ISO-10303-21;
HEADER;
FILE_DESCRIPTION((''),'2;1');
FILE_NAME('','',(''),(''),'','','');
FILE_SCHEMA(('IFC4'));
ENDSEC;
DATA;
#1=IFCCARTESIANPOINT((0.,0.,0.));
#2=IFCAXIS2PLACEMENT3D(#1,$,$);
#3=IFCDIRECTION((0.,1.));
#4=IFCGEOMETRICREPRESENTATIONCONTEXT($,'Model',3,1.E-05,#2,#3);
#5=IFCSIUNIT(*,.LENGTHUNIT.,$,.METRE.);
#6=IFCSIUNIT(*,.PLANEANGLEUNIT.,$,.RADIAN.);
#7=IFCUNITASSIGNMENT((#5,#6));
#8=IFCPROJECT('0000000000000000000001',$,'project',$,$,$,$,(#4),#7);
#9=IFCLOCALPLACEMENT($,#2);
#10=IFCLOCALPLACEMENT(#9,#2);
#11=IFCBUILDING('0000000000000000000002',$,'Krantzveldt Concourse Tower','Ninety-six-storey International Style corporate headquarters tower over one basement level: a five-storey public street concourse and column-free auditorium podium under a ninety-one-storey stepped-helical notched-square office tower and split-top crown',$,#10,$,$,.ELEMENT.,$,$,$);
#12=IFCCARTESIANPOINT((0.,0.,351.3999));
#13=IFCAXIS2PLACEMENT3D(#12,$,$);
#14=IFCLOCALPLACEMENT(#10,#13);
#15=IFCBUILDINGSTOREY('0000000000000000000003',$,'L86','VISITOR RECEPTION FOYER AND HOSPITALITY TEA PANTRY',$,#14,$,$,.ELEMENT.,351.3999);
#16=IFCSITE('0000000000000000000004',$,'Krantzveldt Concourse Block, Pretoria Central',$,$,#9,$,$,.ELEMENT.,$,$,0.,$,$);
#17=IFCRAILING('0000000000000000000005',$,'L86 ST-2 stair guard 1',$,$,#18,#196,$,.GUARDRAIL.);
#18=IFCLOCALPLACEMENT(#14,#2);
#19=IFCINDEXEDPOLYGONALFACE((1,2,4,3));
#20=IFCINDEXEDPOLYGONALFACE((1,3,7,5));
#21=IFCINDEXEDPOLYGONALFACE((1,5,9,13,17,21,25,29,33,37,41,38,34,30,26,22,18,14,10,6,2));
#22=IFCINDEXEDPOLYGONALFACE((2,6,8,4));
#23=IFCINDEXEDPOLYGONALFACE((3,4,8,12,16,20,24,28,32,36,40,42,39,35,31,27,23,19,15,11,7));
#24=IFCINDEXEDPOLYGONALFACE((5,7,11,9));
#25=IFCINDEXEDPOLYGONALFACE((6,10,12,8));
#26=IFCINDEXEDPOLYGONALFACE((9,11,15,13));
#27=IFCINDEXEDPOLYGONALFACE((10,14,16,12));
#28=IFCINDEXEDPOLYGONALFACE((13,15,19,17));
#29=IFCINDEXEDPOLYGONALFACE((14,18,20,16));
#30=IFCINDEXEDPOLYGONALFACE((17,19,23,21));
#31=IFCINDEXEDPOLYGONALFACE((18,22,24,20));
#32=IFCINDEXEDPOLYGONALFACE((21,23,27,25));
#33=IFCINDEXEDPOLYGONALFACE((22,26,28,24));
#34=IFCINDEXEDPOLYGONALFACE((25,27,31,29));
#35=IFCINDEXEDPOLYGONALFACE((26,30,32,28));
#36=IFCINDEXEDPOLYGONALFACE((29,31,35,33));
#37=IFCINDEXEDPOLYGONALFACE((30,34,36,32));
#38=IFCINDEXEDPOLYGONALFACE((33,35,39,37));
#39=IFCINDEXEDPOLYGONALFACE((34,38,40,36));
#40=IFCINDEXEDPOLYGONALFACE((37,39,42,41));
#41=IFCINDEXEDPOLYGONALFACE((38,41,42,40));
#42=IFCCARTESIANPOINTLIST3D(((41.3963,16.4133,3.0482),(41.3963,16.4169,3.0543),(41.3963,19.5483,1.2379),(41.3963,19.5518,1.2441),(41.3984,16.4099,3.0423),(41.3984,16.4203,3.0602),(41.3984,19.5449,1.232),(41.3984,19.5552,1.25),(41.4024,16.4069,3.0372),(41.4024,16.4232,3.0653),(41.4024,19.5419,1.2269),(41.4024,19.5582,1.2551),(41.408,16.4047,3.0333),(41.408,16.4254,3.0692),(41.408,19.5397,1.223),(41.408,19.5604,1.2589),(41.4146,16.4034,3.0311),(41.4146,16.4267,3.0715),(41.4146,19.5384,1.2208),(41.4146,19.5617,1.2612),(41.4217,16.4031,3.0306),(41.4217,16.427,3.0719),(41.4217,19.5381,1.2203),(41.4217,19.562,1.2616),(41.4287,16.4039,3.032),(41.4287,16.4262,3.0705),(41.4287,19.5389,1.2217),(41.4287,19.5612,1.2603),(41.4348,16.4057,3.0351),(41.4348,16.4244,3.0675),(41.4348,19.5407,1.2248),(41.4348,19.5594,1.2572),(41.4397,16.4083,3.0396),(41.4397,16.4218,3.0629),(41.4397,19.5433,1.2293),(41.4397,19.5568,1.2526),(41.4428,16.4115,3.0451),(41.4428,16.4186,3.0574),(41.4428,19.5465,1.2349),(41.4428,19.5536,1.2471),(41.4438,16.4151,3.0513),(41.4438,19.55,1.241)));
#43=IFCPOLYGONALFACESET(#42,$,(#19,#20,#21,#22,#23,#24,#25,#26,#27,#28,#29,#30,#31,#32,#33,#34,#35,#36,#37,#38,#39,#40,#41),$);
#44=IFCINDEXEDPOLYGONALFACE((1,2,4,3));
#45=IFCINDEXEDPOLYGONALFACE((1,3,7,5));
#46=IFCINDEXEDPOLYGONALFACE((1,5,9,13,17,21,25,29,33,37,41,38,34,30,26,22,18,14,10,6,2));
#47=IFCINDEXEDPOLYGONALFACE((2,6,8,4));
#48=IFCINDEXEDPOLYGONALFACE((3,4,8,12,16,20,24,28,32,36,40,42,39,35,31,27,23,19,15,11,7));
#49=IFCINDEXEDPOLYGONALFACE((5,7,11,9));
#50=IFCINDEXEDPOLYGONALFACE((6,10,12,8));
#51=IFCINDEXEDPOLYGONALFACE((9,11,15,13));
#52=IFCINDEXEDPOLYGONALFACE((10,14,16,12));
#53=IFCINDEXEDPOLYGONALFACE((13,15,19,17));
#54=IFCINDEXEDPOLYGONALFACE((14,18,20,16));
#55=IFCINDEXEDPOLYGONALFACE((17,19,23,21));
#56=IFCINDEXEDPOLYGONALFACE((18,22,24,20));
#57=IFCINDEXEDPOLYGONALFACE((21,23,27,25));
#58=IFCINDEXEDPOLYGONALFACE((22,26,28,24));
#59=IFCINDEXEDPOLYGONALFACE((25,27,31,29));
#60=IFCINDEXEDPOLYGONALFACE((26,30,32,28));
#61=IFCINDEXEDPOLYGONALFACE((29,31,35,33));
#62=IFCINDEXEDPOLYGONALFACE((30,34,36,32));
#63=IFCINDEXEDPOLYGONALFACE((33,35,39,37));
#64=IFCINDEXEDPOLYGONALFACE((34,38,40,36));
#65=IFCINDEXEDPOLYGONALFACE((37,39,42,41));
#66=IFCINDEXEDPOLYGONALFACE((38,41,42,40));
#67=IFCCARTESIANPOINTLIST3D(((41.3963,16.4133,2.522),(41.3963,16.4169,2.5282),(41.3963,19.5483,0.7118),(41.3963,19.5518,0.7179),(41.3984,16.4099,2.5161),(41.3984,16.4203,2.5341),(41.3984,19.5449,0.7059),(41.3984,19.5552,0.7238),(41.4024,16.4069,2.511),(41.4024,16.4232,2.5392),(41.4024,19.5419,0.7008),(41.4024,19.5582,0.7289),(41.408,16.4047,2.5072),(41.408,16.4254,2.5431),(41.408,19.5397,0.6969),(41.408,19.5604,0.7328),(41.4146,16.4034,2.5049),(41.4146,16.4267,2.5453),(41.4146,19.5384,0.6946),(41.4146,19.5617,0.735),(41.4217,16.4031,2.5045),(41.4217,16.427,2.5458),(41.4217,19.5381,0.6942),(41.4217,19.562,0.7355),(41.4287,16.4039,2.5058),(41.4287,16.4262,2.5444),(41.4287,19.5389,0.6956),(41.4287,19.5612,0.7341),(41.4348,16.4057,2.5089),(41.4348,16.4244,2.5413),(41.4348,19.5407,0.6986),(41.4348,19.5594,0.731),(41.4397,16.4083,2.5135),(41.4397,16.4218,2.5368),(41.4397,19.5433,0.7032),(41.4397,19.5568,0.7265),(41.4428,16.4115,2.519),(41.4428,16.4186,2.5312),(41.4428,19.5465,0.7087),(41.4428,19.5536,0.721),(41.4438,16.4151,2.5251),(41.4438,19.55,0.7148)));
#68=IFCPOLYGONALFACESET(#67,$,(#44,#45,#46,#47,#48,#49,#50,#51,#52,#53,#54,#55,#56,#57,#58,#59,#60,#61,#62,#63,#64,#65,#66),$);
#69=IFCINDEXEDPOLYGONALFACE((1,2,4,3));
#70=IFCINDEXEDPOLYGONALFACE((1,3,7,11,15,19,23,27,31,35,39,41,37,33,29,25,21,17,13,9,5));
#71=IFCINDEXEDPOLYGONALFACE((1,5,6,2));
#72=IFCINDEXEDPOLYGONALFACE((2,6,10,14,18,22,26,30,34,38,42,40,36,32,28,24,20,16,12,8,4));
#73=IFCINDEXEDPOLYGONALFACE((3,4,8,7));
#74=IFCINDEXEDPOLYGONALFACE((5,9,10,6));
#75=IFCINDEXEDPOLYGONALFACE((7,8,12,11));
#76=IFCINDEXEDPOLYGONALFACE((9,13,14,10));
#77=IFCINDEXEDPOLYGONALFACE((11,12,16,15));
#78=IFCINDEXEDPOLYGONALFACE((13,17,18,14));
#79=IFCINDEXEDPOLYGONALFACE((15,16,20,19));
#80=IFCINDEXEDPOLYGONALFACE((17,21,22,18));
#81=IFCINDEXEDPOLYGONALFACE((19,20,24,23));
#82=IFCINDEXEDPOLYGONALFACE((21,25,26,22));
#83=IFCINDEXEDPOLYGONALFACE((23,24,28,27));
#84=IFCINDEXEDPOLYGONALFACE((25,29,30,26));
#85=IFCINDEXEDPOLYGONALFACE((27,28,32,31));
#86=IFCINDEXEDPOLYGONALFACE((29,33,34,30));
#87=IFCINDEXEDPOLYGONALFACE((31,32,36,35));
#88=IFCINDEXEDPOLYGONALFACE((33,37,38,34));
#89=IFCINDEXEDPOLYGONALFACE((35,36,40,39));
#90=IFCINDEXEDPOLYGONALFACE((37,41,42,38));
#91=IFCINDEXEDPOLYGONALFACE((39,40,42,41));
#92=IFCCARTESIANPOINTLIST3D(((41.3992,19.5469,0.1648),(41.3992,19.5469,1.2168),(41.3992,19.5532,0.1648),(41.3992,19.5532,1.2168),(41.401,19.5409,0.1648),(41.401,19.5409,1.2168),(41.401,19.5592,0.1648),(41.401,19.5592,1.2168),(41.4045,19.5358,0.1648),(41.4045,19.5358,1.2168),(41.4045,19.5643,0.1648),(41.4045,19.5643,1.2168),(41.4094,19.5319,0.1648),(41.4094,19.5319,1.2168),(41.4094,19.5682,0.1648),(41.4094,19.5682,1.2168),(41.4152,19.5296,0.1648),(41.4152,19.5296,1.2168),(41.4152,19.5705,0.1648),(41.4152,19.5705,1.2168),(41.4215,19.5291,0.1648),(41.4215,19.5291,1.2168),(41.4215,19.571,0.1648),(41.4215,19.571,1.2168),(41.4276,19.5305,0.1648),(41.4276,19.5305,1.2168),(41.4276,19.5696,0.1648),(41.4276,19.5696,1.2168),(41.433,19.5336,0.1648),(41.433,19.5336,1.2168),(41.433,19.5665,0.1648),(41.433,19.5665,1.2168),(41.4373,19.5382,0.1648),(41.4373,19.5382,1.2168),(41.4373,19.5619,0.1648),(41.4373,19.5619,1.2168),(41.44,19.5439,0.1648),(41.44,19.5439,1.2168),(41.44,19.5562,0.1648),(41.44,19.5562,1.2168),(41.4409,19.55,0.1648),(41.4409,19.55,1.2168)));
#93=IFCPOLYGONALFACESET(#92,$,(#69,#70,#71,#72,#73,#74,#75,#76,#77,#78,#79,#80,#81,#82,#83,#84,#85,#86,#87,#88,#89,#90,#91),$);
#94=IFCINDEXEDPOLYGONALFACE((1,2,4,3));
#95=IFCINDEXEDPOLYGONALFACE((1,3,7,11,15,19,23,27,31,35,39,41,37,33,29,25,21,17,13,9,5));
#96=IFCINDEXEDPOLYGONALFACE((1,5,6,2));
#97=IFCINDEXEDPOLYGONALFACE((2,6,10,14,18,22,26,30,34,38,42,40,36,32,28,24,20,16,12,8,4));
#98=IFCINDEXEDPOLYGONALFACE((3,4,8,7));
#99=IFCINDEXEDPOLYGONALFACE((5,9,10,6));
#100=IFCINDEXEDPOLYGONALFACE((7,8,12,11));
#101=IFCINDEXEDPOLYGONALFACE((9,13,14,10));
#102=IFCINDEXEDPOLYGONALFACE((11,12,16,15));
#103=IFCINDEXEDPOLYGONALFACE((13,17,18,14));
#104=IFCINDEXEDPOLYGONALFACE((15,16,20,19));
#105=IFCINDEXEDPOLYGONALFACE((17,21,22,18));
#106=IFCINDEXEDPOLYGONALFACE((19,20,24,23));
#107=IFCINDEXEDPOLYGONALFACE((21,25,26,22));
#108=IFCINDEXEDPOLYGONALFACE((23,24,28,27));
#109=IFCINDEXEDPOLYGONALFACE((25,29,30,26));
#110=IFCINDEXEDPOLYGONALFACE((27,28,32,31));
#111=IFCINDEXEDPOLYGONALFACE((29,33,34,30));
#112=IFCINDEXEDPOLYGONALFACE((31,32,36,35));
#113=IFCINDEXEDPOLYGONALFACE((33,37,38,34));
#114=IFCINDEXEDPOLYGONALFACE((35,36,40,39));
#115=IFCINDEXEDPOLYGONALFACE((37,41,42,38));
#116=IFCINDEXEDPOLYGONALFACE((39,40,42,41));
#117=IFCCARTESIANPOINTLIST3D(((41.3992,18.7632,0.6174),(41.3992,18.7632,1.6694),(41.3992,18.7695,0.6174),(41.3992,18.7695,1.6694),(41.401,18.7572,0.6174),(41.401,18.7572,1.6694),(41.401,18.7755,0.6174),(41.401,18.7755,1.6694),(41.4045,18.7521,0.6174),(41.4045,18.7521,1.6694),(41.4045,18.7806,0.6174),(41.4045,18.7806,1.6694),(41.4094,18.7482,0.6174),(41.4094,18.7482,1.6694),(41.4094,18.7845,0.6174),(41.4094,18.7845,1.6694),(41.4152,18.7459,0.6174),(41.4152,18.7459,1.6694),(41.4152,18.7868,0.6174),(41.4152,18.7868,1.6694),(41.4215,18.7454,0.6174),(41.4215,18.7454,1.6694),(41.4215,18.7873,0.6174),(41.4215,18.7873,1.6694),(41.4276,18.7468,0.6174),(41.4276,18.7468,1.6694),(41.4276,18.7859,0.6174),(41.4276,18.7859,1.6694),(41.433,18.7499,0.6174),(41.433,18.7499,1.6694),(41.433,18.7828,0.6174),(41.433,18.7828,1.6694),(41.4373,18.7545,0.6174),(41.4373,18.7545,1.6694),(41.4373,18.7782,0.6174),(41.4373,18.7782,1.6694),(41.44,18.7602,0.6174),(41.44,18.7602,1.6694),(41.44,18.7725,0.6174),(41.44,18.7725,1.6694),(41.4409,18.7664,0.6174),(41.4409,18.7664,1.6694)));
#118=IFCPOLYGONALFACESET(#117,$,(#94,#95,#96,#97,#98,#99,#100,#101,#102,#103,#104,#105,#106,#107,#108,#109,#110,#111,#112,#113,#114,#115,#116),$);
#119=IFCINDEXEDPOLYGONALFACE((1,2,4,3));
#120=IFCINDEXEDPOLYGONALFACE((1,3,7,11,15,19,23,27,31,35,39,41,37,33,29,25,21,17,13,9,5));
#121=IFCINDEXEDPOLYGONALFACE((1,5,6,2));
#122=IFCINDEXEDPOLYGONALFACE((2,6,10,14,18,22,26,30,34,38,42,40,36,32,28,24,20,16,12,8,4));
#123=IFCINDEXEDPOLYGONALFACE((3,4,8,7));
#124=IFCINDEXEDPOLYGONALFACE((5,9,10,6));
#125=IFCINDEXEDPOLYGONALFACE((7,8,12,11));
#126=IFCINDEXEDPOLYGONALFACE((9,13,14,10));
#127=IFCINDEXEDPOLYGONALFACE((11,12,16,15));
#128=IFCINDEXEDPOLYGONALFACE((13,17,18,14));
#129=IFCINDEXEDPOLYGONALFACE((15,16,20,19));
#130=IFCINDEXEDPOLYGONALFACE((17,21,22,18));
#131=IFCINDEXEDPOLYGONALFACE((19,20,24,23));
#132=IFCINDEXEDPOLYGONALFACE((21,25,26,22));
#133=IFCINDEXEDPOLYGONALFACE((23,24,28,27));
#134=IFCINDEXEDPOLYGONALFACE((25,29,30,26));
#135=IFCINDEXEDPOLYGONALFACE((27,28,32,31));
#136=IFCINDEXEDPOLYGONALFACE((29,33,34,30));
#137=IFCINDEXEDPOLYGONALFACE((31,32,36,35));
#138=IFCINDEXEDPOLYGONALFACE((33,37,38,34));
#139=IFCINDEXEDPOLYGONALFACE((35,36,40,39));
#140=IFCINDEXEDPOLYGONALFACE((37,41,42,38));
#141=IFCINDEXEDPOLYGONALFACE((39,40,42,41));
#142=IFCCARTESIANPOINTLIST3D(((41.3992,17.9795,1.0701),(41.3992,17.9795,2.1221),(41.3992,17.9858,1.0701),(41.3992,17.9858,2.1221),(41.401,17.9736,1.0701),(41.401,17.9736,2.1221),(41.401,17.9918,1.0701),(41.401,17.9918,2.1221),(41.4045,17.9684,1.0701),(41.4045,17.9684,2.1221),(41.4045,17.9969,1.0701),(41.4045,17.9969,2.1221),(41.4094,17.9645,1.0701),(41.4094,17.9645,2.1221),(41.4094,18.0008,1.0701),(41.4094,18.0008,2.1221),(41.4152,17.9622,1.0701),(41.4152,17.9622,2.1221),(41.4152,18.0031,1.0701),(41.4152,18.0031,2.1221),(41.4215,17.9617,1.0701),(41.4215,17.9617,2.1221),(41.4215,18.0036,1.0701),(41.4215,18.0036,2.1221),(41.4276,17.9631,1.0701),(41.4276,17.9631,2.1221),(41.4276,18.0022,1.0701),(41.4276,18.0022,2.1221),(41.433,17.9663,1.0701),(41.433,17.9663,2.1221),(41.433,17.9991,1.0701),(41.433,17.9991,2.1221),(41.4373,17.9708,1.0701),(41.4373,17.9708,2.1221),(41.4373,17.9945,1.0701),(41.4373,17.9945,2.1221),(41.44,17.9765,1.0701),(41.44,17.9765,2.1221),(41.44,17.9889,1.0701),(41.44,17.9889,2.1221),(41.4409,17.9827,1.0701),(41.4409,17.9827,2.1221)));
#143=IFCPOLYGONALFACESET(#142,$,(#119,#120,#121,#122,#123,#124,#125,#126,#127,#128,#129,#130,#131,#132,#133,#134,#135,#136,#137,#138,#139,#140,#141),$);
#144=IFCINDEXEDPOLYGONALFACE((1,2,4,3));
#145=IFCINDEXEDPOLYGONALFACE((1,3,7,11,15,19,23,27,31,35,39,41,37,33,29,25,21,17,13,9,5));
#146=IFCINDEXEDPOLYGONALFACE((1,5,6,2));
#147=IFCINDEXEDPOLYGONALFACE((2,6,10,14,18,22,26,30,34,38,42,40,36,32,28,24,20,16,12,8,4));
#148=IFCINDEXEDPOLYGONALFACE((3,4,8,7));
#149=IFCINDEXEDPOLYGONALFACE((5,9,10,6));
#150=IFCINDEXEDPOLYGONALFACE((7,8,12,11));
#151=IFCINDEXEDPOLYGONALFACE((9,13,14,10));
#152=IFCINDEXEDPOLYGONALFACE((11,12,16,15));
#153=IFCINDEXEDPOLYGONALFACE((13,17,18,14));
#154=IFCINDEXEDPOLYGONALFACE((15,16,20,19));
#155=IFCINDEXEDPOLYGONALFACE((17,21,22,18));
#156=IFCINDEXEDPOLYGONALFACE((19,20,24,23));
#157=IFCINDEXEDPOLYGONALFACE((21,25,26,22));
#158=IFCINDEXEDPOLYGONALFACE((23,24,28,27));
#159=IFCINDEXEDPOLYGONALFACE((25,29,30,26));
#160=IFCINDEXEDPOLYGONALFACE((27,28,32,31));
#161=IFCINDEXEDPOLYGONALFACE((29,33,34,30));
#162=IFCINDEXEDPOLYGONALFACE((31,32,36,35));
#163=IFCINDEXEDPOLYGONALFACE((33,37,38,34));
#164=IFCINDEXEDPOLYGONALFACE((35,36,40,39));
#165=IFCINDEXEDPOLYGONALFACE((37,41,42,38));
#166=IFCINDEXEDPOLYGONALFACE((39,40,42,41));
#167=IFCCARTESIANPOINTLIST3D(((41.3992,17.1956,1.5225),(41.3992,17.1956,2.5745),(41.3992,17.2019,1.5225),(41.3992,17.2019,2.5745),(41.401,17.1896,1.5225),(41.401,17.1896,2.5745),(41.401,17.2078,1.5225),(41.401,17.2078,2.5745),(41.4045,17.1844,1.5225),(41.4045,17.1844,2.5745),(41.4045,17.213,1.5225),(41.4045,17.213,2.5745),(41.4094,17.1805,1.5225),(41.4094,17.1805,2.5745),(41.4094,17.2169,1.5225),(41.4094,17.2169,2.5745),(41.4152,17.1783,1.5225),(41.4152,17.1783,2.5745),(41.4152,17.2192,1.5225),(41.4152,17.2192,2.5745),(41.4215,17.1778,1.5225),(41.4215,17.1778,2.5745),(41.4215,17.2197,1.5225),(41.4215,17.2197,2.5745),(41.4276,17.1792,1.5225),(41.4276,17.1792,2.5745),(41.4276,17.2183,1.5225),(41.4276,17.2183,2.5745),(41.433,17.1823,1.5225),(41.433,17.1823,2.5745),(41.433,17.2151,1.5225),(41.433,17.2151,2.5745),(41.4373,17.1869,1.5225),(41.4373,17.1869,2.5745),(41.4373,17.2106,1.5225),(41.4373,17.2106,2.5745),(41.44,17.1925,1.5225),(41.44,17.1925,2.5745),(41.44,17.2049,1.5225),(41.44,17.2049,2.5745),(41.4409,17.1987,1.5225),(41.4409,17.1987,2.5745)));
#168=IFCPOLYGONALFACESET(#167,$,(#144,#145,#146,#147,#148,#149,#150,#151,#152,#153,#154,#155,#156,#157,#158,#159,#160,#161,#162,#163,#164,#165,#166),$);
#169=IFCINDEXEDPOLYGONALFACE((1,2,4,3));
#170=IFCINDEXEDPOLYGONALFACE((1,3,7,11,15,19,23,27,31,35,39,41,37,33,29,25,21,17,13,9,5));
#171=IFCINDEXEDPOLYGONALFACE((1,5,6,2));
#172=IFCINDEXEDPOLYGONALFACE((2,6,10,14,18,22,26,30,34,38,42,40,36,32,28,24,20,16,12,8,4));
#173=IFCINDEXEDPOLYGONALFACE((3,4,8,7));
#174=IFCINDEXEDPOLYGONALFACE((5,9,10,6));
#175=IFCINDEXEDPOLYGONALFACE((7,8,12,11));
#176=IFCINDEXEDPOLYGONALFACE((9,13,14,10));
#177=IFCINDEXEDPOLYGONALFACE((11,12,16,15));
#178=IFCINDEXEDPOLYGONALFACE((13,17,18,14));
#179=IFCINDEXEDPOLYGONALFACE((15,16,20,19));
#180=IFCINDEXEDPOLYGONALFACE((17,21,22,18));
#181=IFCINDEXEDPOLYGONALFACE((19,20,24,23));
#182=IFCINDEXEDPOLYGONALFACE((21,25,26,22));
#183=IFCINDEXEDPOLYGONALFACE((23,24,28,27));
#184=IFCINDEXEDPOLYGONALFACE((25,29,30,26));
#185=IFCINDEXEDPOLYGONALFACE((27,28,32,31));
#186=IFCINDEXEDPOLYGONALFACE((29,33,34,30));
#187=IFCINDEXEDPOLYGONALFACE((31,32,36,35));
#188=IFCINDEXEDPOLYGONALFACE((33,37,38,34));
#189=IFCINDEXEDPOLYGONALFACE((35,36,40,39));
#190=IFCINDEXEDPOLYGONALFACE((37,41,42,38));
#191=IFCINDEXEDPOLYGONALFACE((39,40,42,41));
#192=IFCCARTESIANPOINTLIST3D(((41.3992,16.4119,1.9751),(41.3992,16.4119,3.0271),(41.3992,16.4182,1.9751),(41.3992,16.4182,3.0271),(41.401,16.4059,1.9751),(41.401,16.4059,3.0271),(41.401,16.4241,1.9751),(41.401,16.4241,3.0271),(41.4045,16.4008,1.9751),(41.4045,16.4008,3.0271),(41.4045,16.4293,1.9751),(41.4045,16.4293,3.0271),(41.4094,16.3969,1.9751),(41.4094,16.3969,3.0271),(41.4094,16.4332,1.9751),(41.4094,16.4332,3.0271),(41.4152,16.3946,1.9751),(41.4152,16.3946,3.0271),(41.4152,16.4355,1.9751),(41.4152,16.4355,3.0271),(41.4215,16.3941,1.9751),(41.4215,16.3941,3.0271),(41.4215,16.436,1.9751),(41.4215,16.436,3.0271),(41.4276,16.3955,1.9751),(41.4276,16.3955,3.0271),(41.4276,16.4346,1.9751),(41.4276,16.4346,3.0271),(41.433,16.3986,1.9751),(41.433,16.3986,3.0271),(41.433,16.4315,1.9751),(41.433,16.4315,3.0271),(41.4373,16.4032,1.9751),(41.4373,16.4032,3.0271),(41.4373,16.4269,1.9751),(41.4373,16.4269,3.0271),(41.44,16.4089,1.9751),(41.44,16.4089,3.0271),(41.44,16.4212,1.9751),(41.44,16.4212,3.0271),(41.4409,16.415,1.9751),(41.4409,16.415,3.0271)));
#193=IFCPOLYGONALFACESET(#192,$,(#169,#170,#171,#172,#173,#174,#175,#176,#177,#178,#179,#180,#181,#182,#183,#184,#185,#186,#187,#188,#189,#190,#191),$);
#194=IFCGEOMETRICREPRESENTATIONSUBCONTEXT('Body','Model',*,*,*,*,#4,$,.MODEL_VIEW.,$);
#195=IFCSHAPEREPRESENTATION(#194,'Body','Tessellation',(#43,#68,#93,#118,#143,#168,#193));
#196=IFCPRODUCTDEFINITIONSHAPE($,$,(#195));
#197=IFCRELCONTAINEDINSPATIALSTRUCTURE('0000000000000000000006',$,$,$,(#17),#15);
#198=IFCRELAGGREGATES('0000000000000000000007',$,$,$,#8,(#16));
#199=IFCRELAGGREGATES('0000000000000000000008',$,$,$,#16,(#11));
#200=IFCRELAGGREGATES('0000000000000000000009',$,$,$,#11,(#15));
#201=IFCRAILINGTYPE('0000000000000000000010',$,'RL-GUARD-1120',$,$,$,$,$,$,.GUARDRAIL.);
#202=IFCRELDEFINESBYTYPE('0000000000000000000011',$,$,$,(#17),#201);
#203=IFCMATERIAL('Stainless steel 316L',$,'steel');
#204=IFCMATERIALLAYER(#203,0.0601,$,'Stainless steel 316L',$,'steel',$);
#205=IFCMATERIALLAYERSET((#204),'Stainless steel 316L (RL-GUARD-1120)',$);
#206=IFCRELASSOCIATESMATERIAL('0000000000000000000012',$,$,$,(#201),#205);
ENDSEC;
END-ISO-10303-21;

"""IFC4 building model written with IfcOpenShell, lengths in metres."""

from ifc_helpers import new_model, si_unit, direction, frame, origin, origin_2d, place, context, subcontext, project, spatial, circle, extrude, material, layer, layer_set, type_object, element, save


model = new_model("IFC4")

# Units and contexts
model_context = context("Model", 3, precision=1e-05, world=origin(), true_north=direction((0.0, 1.0)))
body_context = subcontext(model_context, "Body", "Model", "MODEL_VIEW")
ifc_project = project(units=[si_unit("LENGTHUNIT", "METRE"), si_unit("PLANEANGLEUNIT", "RADIAN")], contexts=[model_context])

# Site, building, storey
site_placement = place(None, origin())
site = spatial("IfcSite", under=ifc_project, at=site_placement, Name="Krantzveldt Concourse Block, Pretoria Central", CompositionType="ELEMENT", RefElevation=0.0)
building_placement = place(site_placement, origin())
building = spatial("IfcBuilding", under=site, at=building_placement, Name="Krantzveldt Concourse Tower", Description="Ninety-six-storey International Style corporate headquarters tower over one basement level: a five-storey public street concourse and column-free auditorium podium under a ninety-one-storey stepped-helical notched-square office tower and split-top crown", CompositionType="ELEMENT")
storey_placement = place(building_placement, frame((0.0, 0.0, 351.3999)))
storey = spatial("IfcBuildingStorey", under=building, at=storey_placement, Name="L86", Description="VISITOR RECEPTION FOYER AND HOSPITALITY TEA PANTRY", CompositionType="ELEMENT", Elevation=351.3999)

# Shared definitions
ifc_material_1 = material(Name="Stainless steel 316L", Category="steel")

# Railing
ifc_layer_1 = layer(ifc_material_1, 0.0601, Name="Stainless steel 316L", Category="steel")
ifc_layer_set_1 = layer_set([ifc_layer_1], Name="Stainless steel 316L (RL-GUARD-1120)")
railing_type_1 = type_object("IfcRailingType", Name="RL-GUARD-1120", PredefinedType="GUARDRAIL", material=ifc_layer_set_1)
railing_1_placement = place(storey_placement, frame((41.4199, 19.55, 0.1648)))
element("IfcRailing", 1, at=railing_1_placement, inside=storey, type_object=railing_type_1, Name="L86 ST-2 stair guard 1", PredefinedType="GUARDRAIL", context=body_context, shape_type="SweptSolid", body=[
    extrude(circle(Radius=0.0239, at=origin_2d()), frame((0.0, 0.0, 1.0762), z_axis=(0.0, -0.865989, 0.500063), x_axis=(1.0, 0.0, 0.0)), (0.0, 0.0, 1.0), 3.6201),
    extrude(circle(Radius=0.0239, at=origin_2d()), frame((0.0, 0.0, 0.55), z_axis=(0.0, -0.865989, 0.500063), x_axis=(1.0, 0.0, 0.0)), (0.0, 0.0, 1.0), 3.6201),
    extrude(circle(Radius=0.021, at=origin_2d()), origin(), (0.0, 0.0, 1.0), 1.052),
    extrude(circle(Radius=0.021, at=origin_2d()), frame((0.0, -0.7837, 0.4526)), (0.0, 0.0, 1.0), 1.052),
    extrude(circle(Radius=0.021, at=origin_2d()), frame((0.0, -1.5674, 0.9053)), (0.0, 0.0, 1.0), 1.052),
    extrude(circle(Radius=0.021, at=origin_2d()), frame((0.0, -2.3513, 1.3577)), (0.0, 0.0, 1.0), 1.052),
    extrude(circle(Radius=0.021, at=origin_2d()), frame((0.0, -3.135, 1.8103)), (0.0, 0.0, 1.0), 1.052),
])

save(model, "model.ifc")
